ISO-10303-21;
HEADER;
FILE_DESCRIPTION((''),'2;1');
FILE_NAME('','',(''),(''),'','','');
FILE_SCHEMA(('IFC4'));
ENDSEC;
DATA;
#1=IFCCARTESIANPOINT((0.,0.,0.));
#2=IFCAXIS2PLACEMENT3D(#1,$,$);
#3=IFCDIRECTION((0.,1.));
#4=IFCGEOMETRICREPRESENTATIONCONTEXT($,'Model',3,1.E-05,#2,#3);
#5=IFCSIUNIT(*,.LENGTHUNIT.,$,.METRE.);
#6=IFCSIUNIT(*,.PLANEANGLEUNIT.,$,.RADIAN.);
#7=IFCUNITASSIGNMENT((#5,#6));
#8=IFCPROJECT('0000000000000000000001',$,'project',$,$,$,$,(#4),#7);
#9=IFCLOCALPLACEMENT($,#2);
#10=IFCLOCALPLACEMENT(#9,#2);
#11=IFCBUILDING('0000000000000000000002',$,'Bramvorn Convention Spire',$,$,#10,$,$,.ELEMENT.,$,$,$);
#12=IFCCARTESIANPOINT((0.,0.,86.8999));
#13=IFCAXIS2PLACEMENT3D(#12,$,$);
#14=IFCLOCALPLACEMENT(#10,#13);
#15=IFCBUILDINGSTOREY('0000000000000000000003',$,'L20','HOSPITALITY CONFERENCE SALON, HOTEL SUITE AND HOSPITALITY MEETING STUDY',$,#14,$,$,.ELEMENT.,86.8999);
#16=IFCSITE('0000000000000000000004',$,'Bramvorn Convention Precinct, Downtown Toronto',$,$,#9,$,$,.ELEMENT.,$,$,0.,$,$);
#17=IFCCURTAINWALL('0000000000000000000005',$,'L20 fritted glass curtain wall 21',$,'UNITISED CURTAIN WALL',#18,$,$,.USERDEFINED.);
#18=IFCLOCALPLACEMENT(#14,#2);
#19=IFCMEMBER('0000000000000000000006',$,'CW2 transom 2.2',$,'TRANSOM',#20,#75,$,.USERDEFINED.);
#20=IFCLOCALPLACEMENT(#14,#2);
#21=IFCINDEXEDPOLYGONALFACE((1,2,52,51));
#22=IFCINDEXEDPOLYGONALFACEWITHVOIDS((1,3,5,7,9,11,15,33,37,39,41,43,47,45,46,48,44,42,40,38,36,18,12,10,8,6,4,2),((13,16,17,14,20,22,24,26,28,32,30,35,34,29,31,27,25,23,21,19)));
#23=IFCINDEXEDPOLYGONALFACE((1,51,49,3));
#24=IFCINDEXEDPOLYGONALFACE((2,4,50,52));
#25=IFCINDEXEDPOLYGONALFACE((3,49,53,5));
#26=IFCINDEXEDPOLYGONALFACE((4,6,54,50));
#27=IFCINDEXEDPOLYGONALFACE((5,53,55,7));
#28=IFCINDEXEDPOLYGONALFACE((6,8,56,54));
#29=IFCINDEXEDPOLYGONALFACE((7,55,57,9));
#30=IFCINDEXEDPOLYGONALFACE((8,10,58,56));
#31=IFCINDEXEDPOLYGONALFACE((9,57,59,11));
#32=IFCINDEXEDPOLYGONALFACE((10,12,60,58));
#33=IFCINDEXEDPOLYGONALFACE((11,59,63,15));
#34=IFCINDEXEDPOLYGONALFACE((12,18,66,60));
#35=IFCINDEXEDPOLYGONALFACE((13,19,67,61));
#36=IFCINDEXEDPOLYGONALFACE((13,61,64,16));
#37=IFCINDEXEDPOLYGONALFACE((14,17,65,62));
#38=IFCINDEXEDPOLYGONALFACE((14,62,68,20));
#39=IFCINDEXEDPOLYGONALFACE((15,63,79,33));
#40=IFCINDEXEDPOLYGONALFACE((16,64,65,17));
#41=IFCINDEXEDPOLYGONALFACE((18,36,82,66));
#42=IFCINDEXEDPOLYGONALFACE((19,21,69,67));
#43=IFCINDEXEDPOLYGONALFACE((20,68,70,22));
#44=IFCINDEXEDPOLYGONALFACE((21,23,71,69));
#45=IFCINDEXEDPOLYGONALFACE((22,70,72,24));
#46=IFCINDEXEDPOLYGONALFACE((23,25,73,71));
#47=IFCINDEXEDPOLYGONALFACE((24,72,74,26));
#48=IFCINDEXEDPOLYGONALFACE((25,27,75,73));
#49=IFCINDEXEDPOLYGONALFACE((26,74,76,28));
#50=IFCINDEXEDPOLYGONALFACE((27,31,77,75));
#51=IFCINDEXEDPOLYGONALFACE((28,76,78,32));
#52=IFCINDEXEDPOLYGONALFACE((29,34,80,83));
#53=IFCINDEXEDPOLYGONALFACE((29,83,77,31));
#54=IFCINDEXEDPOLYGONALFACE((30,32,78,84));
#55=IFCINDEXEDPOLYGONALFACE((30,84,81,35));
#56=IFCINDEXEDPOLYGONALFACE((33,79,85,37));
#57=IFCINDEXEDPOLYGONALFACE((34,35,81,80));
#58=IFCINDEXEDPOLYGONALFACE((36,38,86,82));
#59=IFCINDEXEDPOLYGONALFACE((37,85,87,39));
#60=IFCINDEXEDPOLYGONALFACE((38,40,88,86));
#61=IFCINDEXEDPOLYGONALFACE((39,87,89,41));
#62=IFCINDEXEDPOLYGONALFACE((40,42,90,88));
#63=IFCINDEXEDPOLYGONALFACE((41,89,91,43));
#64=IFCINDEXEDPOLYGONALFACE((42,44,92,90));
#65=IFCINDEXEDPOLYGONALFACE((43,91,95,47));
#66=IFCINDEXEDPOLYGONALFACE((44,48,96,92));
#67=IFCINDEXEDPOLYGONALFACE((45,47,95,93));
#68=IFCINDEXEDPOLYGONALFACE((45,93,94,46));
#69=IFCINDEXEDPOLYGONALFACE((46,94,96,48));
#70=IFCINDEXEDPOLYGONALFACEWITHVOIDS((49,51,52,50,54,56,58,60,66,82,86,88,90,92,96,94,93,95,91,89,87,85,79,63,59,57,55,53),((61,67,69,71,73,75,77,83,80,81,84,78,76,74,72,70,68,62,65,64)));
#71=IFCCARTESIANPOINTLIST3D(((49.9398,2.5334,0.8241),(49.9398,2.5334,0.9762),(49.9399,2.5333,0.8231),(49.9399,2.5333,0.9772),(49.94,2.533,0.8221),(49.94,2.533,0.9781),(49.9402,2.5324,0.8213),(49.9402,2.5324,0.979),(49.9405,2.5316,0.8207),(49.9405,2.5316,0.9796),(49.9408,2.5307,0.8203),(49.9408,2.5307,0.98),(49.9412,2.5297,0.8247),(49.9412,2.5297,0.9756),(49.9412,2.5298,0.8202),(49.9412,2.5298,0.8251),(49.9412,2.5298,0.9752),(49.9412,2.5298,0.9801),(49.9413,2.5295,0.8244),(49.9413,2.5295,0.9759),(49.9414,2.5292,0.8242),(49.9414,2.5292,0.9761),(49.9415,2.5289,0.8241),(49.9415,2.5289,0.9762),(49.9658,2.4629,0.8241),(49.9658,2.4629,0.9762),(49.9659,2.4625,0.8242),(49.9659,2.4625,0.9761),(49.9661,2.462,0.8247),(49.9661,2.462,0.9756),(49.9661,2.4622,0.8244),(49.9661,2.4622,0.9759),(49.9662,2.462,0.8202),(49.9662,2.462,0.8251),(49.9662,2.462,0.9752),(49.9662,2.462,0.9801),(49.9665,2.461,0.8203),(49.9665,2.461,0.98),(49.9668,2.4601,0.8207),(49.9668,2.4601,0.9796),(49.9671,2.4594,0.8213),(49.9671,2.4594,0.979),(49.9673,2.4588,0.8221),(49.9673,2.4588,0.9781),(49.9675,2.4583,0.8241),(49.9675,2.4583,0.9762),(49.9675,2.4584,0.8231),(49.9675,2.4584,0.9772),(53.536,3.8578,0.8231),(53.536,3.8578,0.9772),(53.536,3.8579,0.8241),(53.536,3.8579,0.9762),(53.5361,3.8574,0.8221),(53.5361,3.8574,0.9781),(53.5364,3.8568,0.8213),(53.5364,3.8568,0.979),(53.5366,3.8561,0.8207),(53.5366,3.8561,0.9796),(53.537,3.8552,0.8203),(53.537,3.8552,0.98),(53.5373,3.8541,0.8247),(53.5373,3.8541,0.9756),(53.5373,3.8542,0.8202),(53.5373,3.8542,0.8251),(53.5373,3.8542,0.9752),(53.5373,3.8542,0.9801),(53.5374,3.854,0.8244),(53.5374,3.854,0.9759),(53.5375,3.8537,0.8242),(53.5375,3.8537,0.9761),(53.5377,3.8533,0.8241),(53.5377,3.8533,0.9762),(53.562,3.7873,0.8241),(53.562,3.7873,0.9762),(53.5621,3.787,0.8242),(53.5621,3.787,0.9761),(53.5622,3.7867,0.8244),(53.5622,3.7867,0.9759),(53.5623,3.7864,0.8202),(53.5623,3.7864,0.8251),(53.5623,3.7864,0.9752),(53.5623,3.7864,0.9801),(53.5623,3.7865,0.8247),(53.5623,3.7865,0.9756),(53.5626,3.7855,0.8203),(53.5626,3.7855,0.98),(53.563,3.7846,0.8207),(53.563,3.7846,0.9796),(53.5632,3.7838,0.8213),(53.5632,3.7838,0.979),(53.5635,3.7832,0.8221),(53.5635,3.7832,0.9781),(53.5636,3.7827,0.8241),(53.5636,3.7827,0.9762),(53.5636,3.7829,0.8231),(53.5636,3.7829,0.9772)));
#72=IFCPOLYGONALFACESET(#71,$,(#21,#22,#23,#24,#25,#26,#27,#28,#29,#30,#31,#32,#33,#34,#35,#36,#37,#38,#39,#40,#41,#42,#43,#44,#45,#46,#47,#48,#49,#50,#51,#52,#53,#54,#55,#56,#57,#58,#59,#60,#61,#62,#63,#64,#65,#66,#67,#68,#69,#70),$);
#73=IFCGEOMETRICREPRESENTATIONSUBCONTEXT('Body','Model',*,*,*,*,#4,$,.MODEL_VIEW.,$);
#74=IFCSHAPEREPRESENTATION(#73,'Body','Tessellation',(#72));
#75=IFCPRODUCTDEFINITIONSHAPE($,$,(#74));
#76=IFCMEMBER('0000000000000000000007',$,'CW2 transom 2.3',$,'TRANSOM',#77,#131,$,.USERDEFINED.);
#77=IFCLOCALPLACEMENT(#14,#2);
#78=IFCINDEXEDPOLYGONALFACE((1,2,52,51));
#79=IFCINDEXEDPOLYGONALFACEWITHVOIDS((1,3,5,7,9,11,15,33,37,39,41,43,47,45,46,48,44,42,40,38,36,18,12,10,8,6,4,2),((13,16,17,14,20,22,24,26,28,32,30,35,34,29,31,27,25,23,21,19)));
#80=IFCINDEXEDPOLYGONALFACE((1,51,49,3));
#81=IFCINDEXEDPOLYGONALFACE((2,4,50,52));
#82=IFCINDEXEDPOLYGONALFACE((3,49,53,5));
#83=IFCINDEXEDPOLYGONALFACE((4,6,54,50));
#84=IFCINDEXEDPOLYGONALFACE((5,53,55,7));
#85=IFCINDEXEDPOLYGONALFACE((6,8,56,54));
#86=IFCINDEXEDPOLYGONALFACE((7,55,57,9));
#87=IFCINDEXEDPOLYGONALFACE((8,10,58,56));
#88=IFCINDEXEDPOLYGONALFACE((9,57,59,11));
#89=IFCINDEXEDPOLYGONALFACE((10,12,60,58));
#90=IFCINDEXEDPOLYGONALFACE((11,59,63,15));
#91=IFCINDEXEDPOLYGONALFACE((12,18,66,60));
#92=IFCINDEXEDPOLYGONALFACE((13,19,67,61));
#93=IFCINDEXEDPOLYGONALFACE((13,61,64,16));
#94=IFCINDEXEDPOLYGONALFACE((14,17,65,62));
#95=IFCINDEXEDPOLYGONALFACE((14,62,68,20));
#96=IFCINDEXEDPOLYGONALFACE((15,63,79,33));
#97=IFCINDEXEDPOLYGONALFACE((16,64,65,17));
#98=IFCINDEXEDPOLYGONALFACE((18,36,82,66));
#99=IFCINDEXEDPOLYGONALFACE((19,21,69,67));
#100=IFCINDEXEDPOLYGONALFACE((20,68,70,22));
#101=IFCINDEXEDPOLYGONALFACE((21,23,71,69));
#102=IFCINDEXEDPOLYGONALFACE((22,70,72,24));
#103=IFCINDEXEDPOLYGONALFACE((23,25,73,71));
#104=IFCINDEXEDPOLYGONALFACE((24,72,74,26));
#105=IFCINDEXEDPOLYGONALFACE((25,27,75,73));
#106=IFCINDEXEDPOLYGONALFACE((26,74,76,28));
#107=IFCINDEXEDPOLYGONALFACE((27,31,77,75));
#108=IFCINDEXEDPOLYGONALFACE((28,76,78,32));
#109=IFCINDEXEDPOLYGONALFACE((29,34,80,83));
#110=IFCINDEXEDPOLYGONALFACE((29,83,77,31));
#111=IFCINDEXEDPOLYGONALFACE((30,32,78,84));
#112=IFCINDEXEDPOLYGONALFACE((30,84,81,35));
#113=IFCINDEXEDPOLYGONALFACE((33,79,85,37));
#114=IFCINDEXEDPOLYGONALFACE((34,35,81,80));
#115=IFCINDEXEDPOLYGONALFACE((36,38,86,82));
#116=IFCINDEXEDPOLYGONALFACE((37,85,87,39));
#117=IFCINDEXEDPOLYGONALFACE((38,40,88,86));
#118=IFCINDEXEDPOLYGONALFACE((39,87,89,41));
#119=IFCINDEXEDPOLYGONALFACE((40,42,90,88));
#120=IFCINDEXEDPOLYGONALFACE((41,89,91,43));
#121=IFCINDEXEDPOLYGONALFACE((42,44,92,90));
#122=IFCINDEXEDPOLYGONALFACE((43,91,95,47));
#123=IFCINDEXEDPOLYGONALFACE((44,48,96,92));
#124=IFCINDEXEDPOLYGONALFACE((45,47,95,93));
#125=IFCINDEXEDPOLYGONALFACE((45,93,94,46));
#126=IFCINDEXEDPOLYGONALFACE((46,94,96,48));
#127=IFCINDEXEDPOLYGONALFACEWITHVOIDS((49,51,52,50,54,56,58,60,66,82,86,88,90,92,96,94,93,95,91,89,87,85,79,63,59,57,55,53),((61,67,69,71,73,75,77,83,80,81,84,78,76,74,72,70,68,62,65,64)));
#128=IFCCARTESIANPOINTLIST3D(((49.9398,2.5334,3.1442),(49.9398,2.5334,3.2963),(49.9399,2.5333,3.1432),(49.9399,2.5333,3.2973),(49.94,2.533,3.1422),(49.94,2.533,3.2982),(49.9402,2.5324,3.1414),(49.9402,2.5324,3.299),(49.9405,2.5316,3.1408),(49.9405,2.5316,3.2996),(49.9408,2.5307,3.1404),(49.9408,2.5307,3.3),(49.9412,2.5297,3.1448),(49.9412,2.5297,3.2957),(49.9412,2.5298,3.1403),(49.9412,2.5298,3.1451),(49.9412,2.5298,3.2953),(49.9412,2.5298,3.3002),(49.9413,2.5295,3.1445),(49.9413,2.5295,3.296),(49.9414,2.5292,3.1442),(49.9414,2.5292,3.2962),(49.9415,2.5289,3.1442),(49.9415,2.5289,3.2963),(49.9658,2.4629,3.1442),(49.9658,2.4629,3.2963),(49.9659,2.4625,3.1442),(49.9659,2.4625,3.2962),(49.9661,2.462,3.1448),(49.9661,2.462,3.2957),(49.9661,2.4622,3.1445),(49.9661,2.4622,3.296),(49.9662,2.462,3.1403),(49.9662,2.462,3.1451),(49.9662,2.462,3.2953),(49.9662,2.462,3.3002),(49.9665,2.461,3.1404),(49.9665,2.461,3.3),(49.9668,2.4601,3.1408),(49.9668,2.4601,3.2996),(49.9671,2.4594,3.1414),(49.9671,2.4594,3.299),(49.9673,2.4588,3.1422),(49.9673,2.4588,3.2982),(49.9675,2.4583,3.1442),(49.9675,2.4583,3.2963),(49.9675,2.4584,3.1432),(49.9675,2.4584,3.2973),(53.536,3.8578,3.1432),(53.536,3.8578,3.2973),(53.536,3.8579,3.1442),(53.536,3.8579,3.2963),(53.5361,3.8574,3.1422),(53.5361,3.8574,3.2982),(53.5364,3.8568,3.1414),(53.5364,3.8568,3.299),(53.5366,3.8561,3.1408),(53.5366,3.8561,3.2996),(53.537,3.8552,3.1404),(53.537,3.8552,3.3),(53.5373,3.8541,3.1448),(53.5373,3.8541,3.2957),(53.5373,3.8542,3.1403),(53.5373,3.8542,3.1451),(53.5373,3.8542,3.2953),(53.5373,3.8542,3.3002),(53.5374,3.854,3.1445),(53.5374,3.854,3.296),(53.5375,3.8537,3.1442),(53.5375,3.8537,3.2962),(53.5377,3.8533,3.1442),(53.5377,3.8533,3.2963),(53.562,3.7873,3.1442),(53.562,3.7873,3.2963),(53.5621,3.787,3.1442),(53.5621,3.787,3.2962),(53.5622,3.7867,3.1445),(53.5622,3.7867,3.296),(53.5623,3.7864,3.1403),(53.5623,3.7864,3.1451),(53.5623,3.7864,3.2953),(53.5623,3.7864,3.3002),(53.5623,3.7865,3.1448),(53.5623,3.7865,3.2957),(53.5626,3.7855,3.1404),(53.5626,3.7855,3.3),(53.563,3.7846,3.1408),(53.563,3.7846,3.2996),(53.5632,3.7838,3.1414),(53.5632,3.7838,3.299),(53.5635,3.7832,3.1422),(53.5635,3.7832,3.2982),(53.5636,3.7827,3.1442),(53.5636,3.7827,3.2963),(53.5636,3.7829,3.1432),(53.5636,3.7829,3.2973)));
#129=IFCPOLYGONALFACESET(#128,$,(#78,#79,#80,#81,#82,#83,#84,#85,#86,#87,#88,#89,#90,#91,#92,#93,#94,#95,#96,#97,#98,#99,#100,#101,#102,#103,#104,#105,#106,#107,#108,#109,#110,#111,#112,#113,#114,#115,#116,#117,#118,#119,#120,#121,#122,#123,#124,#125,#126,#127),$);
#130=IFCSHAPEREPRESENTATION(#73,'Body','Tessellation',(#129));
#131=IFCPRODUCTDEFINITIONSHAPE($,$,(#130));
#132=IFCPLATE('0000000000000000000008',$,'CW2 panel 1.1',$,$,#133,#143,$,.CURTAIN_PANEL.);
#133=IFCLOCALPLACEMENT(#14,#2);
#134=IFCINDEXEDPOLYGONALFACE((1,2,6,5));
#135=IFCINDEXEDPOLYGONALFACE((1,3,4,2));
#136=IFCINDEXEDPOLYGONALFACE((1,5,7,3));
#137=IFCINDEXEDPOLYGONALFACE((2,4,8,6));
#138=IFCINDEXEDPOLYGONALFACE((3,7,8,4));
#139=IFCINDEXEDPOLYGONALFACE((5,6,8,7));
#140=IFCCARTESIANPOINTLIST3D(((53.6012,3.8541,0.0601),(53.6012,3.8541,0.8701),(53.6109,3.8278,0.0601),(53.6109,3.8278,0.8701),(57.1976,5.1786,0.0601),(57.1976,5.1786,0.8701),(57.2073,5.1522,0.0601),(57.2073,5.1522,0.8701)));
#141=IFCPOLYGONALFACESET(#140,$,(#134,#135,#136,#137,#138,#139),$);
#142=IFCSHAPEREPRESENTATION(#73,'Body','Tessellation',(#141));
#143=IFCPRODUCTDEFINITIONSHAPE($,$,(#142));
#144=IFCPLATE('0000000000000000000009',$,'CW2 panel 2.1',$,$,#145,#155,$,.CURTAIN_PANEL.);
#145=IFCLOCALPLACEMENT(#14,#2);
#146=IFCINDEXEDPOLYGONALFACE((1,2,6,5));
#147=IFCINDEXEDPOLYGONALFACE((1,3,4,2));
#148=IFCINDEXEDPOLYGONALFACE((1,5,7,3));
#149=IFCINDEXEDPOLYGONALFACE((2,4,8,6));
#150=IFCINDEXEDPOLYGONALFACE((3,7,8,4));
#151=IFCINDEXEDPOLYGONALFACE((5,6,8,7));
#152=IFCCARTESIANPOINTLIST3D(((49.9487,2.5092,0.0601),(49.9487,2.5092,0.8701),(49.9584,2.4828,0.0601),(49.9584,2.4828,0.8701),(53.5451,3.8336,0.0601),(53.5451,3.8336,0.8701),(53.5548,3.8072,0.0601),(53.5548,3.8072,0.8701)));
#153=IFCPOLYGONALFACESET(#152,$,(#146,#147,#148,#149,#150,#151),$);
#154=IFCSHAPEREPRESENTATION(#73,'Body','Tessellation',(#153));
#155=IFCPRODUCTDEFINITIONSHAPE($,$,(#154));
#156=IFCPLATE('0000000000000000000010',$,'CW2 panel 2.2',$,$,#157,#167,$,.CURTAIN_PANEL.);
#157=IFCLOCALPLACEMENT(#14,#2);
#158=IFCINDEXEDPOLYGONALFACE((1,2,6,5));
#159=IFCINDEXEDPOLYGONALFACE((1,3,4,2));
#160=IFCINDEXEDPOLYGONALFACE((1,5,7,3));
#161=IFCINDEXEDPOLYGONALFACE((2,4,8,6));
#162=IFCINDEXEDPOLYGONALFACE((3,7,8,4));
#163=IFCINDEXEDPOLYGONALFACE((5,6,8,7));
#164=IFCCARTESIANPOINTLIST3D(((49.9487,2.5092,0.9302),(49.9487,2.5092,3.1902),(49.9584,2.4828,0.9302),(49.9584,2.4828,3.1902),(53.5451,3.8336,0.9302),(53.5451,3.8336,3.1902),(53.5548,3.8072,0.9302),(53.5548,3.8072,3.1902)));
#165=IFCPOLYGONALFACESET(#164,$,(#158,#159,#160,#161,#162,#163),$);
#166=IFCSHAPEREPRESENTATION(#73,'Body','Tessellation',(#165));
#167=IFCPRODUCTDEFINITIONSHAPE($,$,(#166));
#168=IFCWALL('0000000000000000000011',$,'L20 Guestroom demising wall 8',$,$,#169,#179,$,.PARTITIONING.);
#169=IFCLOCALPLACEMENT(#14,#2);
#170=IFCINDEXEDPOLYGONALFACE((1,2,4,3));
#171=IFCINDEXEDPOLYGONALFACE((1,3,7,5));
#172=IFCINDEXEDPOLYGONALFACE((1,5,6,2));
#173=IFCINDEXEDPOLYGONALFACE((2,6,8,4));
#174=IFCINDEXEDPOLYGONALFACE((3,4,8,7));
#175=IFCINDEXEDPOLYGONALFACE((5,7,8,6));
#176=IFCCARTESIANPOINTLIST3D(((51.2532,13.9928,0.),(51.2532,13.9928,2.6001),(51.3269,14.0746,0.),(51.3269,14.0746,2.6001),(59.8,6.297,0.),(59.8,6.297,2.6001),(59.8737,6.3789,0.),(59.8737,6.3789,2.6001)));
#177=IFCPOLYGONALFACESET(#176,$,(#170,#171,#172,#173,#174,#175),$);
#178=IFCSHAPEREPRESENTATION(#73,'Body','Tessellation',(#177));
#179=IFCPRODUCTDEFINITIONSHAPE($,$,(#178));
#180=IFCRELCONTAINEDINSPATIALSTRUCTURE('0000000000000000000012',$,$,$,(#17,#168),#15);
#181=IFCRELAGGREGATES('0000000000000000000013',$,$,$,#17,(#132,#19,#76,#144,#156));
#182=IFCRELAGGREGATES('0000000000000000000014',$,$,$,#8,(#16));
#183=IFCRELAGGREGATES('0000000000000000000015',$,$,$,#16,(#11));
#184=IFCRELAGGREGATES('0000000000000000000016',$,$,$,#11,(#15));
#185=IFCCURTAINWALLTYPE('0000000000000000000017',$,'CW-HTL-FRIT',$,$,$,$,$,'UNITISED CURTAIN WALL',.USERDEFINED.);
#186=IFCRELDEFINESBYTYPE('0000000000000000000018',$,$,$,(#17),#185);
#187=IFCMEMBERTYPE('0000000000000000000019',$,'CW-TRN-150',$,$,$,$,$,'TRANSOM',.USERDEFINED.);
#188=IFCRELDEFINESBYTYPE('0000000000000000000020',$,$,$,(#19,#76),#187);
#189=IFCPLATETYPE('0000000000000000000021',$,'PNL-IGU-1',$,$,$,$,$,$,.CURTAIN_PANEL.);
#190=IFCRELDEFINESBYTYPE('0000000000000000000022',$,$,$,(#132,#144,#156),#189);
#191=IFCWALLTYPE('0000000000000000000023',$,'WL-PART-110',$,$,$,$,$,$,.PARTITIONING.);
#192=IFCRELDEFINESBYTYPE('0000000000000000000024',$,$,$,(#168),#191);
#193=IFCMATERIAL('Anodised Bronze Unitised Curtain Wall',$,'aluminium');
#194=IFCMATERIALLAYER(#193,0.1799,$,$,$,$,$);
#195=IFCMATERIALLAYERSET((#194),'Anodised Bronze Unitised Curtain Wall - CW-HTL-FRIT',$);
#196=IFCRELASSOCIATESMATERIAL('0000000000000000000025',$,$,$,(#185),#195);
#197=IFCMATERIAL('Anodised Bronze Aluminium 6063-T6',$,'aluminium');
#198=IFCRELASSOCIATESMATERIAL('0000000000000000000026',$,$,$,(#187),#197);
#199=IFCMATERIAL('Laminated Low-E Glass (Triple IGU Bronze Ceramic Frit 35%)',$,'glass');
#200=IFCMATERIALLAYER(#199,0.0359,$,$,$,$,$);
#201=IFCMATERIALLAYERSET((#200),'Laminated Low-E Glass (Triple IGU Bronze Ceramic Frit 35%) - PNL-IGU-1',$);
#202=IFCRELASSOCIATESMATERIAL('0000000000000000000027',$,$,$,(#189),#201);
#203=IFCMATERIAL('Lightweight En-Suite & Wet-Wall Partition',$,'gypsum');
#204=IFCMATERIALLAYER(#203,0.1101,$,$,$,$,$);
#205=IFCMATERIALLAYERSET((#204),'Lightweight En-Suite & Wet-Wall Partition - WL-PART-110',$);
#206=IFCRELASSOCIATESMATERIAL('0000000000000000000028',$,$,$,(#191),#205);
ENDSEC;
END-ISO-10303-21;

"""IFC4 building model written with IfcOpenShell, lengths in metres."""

from ifc_helpers import new_model, si_unit, direction, frame, frame_2d, origin, origin_2d, place, context, subcontext, project, spatial, rectangle, hollow_rectangle, extrude, material, layer, layer_set, material_profile, profile_set, type_object, element, aggregate, save


model = new_model("IFC4")

# Units and contexts
model_context = context("Model", 3, precision=1e-05, world=origin(), true_north=direction((0.0, 1.0)))
body_context = subcontext(model_context, "Body", "Model", "MODEL_VIEW")
ifc_project = project(units=[si_unit("LENGTHUNIT", "METRE"), si_unit("PLANEANGLEUNIT", "RADIAN")], contexts=[model_context])

# Site, building, storey
site_placement = place(None, origin())
site = spatial("IfcSite", under=ifc_project, at=site_placement, Name="Bramvorn Convention Precinct, Downtown Toronto", CompositionType="ELEMENT", RefElevation=0.0)
building_placement = place(site_placement, origin())
building = spatial("IfcBuilding", under=site, at=building_placement, Name="Bramvorn Convention Spire", CompositionType="ELEMENT")
storey_placement = place(building_placement, frame((0.0, 0.0, 86.8999)))
storey = spatial("IfcBuildingStorey", under=building, at=storey_placement, Name="L20", Description="HOSPITALITY CONFERENCE SALON, HOTEL SUITE AND HOSPITALITY MEETING STUDY", CompositionType="ELEMENT", Elevation=86.8999)

# Shared definitions
ifc_material_1 = material(Name="Anodised Bronze Unitised Curtain Wall", Category="aluminium")
ifc_layer_1 = layer(ifc_material_1, 0.1799)
ifc_layer_set_1 = layer_set([ifc_layer_1], Name="Anodised Bronze Unitised Curtain Wall - CW-HTL-FRIT")
curtain_wall_type = type_object("IfcCurtainWallType", Name="CW-HTL-FRIT", ElementType="UNITISED CURTAIN WALL", PredefinedType="USERDEFINED", material=ifc_layer_set_1)
ifc_material_2 = material(Name="Anodised Bronze Aluminium 6063-T6", Category="aluminium")

# Curtain wall
curtain_wall_1_placement = place(storey_placement, origin())
curtain_wall_1 = element("IfcCurtainWall", 1, at=curtain_wall_1_placement, inside=storey, type_object=curtain_wall_type, Name="L20 fritted glass curtain wall 21", ObjectType="UNITISED CURTAIN WALL", PredefinedType="USERDEFINED")

# Members
ifc_material_profile_1 = material_profile(ifc_material_2, hollow_rectangle(XDim=0.0801, YDim=0.1599, WallThickness=0.0039, InnerFilletRadius=0.001, OuterFilletRadius=0.0039, at=origin_2d()))
ifc_profile_set_1 = profile_set([ifc_material_profile_1], Name="Anodised Bronze Aluminium 6063-T6 - CWT80X160")
member_type_1 = type_object("IfcMemberType", Name="CW-TRN-150", ElementType="TRANSOM", PredefinedType="USERDEFINED", material=ifc_profile_set_1)
member_1_placement = place(storey_placement, frame((53.5498, 3.8203, 0.9001), z_axis=(-0.938381, -0.345602, 0.0), x_axis=(0.345602, -0.938381, 0.0)))
member_1 = element("IfcMember", 2, at=member_1_placement, type_object=member_type_1, Name="CW2 transom 2.2", ObjectType="TRANSOM", PredefinedType="USERDEFINED", context=body_context, shape_type="SweptSolid", body=[
    extrude(hollow_rectangle(XDim=0.0801, YDim=0.1599, WallThickness=0.0039, InnerFilletRadius=0.001, OuterFilletRadius=0.0039, at=origin_2d()), origin(), (0.0, 0.0, 1.0), 3.8323),
])
member_2_placement = place(storey_placement, frame((53.5498, 3.8203, 3.2202), z_axis=(-0.938381, -0.345602, 0.0), x_axis=(0.345602, -0.938381, 0.0)))
member_2 = element("IfcMember", 3, at=member_2_placement, type_object=member_type_1, Name="CW2 transom 2.3", ObjectType="TRANSOM", PredefinedType="USERDEFINED", context=body_context, shape_type="SweptSolid", body=[
    extrude(hollow_rectangle(XDim=0.0801, YDim=0.1599, WallThickness=0.0039, InnerFilletRadius=0.001, OuterFilletRadius=0.0039, at=origin_2d()), origin(), (0.0, 0.0, 1.0), 3.8323),
])

# Plates
ifc_material_3 = material(Name="Laminated Low-E Glass (Triple IGU Bronze Ceramic Frit 35%)", Category="glass")
ifc_layer_2 = layer(ifc_material_3, 0.0359)
ifc_layer_set_2 = layer_set([ifc_layer_2], Name="Laminated Low-E Glass (Triple IGU Bronze Ceramic Frit 35%) - PNL-IGU-1")
plate_type = type_object("IfcPlateType", Name="PNL-IGU-1", PredefinedType="CURTAIN_PANEL", material=ifc_layer_set_2)
plate_1_placement = place(storey_placement, frame((55.4043, 4.5032, 0.0601), z_axis=(0.0, 0.0, 1.0), x_axis=(-0.938391, -0.345574, 0.0)))
plate_1 = element("IfcPlate", 4, at=plate_1_placement, type_object=plate_type, Name="CW2 panel 1.1", PredefinedType="CURTAIN_PANEL", context=body_context, shape_type="SweptSolid", body=[
    extrude(rectangle(XDim=3.8325, YDim=0.0281, at=origin_2d()), origin(), (0.0, 0.0, 1.0), 0.8101),
])
plate_2_placement = place(storey_placement, frame((51.7517, 3.1582, 0.0601), z_axis=(0.0, 0.0, 1.0), x_axis=(-0.938391, -0.345574, 0.0)))
plate_2 = element("IfcPlate", 5, at=plate_2_placement, type_object=plate_type, Name="CW2 panel 2.1", PredefinedType="CURTAIN_PANEL", context=body_context, shape_type="SweptSolid", body=[
    extrude(rectangle(XDim=3.8325, YDim=0.0281, at=origin_2d()), origin(), (0.0, 0.0, 1.0), 0.8101),
])
plate_3_placement = place(storey_placement, frame((51.7517, 3.1582, 0.9302), z_axis=(0.0, 0.0, 1.0), x_axis=(-0.938391, -0.345574, 0.0)))
plate_3 = element("IfcPlate", 6, at=plate_3_placement, type_object=plate_type, Name="CW2 panel 2.2", PredefinedType="CURTAIN_PANEL", context=body_context, shape_type="SweptSolid", body=[
    extrude(rectangle(XDim=3.8325, YDim=0.0281, at=origin_2d()), origin(), (0.0, 0.0, 1.0), 2.26),
])
aggregate(curtain_wall_1, [plate_1, member_1, member_2, plate_2, plate_3])

# Wall
ifc_material_4 = material(Name="Lightweight En-Suite & Wet-Wall Partition", Category="gypsum")
ifc_layer_3 = layer(ifc_material_4, 0.1101)
ifc_layer_set_3 = layer_set([ifc_layer_3], Name="Lightweight En-Suite & Wet-Wall Partition - WL-PART-110")
wall_type_1 = type_object("IfcWallType", Name="WL-PART-110", PredefinedType="PARTITIONING", material=ifc_layer_set_3)
wall_1_placement = place(storey_placement, frame((51.29, 14.0337, 0.0), z_axis=(0.0, 0.0, 1.0), x_axis=(0.743138, -0.669138, 0.0)))
element("IfcWall", 7, at=wall_1_placement, inside=storey, type_object=wall_type_1, Name="L20 Guestroom demising wall 8", PredefinedType="PARTITIONING", context=body_context, shape_type="SweptSolid", body=[
    extrude(rectangle(XDim=11.501, YDim=0.1101, at=frame_2d((5.7505, 0.0))), origin(), (0.0, 0.0, 1.0), 2.6001),
])

save(model, "model.ifc")
